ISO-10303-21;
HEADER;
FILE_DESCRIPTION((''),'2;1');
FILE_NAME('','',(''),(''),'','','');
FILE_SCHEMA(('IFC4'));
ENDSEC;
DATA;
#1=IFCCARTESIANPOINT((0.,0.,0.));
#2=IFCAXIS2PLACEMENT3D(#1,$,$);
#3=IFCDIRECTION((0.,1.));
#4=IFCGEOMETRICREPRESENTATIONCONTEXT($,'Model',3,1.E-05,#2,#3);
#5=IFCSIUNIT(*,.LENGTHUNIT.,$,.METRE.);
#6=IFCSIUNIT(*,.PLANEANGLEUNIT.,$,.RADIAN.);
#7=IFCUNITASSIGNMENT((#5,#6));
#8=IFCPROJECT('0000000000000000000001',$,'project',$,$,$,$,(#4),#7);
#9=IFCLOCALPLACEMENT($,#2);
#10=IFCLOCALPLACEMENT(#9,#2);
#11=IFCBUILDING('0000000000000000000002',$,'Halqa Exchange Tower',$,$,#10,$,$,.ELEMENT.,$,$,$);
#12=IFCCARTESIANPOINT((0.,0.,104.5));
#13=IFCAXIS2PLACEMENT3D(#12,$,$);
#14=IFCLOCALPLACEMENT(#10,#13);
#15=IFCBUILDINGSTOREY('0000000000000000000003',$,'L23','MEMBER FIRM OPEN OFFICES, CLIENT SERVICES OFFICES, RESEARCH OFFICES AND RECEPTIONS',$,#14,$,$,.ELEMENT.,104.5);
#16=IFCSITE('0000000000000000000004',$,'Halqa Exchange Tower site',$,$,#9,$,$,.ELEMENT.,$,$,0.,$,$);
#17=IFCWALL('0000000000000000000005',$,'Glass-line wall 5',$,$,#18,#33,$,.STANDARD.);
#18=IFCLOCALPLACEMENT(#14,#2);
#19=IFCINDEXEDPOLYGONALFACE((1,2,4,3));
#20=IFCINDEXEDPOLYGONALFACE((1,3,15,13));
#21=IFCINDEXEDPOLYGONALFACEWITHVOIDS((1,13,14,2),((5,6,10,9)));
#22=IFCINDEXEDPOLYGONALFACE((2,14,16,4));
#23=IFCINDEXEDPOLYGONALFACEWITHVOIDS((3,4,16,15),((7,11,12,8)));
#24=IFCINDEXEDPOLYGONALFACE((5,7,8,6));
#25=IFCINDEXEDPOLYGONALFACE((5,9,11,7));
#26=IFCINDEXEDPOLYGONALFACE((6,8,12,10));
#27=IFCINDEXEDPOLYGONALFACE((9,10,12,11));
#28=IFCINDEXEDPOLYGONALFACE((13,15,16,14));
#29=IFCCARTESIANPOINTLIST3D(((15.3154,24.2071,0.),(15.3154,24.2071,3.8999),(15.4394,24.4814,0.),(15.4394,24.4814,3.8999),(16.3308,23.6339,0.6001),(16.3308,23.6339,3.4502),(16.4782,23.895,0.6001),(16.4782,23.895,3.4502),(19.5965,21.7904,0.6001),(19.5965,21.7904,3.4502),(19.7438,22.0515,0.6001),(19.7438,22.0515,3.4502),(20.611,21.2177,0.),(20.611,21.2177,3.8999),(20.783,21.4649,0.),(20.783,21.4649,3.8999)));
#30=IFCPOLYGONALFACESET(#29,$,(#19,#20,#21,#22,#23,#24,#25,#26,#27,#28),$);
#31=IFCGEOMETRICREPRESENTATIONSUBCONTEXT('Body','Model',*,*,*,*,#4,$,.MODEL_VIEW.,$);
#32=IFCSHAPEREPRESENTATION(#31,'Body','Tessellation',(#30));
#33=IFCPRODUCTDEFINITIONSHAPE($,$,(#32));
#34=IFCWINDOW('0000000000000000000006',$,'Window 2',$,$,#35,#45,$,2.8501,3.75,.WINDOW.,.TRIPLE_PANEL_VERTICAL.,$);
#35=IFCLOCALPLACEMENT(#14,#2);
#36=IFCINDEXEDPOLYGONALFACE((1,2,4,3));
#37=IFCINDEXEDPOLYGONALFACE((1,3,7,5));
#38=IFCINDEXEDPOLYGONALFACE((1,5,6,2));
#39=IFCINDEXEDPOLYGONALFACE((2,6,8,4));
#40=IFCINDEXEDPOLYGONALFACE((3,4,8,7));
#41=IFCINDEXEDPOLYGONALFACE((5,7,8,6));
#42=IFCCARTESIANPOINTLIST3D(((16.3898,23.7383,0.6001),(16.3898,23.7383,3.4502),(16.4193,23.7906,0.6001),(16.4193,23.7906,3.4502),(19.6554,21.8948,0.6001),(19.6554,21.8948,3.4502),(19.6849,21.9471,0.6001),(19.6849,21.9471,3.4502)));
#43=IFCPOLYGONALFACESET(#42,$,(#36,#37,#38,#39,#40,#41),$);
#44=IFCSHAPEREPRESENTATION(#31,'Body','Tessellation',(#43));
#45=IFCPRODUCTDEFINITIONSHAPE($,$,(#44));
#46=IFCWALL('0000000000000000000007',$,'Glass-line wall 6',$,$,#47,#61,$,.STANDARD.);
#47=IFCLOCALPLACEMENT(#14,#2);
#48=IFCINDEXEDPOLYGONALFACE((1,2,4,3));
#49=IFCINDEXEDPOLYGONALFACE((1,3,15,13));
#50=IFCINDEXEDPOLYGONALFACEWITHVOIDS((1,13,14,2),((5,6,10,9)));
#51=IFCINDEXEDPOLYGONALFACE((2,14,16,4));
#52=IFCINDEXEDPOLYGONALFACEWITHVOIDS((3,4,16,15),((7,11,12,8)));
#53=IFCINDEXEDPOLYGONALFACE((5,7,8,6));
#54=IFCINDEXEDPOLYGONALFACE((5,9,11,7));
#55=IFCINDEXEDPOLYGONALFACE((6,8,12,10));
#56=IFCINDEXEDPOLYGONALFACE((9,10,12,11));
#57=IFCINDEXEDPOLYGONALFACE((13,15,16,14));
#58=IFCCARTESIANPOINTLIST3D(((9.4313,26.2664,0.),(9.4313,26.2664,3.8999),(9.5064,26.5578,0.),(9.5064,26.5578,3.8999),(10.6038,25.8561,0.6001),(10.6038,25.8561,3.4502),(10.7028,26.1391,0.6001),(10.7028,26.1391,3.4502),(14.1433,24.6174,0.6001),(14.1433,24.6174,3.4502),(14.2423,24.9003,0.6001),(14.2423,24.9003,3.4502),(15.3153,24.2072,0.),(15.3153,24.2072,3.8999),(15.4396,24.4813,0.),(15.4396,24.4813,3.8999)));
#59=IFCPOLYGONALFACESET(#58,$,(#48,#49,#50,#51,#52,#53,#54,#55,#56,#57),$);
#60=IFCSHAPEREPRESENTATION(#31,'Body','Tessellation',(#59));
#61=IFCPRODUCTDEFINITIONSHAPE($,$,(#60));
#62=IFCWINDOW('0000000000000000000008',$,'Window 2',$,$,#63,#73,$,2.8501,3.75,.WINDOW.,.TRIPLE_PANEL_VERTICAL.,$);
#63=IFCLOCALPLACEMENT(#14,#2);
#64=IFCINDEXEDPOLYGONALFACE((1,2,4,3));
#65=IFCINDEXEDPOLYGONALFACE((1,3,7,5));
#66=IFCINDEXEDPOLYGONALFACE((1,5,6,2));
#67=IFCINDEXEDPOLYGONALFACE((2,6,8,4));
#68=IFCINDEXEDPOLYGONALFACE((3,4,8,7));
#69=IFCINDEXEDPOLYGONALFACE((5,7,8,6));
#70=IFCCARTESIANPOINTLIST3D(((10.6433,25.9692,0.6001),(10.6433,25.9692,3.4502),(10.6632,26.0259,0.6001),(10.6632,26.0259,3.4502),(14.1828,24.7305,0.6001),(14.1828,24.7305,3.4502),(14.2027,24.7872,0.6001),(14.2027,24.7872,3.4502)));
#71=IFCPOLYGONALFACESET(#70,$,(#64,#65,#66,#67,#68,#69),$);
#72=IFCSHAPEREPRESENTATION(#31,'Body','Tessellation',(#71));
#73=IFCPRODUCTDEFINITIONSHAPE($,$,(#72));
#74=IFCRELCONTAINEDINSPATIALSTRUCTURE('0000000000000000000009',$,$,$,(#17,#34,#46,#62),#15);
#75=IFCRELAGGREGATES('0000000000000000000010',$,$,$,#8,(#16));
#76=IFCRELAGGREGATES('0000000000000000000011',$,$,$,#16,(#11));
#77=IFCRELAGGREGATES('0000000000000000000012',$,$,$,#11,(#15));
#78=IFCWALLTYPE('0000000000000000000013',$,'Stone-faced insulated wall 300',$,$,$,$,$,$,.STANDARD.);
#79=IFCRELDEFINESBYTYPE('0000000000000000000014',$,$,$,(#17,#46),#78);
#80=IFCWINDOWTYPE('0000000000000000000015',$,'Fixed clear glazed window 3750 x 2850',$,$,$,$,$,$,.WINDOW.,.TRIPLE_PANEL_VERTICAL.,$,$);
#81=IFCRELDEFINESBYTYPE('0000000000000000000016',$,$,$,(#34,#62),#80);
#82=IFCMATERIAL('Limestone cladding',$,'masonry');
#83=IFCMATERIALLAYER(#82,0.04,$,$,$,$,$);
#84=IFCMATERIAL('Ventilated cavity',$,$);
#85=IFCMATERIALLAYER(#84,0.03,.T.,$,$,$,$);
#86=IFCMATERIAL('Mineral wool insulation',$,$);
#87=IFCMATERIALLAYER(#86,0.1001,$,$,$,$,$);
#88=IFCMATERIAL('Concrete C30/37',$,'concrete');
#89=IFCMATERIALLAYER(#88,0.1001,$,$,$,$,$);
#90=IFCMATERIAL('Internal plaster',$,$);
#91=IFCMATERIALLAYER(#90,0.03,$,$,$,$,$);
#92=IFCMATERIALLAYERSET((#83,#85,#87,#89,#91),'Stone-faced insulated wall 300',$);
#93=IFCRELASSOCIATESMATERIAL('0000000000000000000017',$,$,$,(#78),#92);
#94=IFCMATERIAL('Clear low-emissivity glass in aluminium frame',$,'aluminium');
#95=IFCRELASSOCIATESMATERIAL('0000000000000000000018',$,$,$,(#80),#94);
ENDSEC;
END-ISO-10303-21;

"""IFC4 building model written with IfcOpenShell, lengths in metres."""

from ifc_helpers import new_model, si_unit, direction, frame, frame_2d, origin, place, context, subcontext, project, spatial, polyline, rectangle, outline, extrude, material, layer, layer_set, type_object, element, fill, save


model = new_model("IFC4")

# Units and contexts
model_context = context("Model", 3, precision=1e-05, world=origin(), true_north=direction((0.0, 1.0)))
body_context = subcontext(model_context, "Body", "Model", "MODEL_VIEW")
ifc_project = project(units=[si_unit("LENGTHUNIT", "METRE"), si_unit("PLANEANGLEUNIT", "RADIAN")], contexts=[model_context])

# Site, building, storey
site_placement = place(None, origin())
site = spatial("IfcSite", under=ifc_project, at=site_placement, Name="Halqa Exchange Tower site", CompositionType="ELEMENT", RefElevation=0.0)
building_placement = place(site_placement, origin())
building = spatial("IfcBuilding", under=site, at=building_placement, Name="Halqa Exchange Tower", CompositionType="ELEMENT")
storey_placement = place(building_placement, frame((0.0, 0.0, 104.5)))
storey = spatial("IfcBuildingStorey", under=building, at=storey_placement, Name="L23", Description="MEMBER FIRM OPEN OFFICES, CLIENT SERVICES OFFICES, RESEARCH OFFICES AND RECEPTIONS", CompositionType="ELEMENT", Elevation=104.5)

# Shared definitions
ifc_material_1 = material(Name="Limestone cladding", Category="masonry")
ifc_layer_1 = layer(ifc_material_1, 0.04)
ifc_material_2 = material(Name="Ventilated cavity")
ifc_layer_2 = layer(ifc_material_2, 0.03, ventilated=True)
ifc_material_3 = material(Name="Mineral wool insulation")
ifc_layer_3 = layer(ifc_material_3, 0.1001)
ifc_material_4 = material(Name="Concrete C30/37", Category="concrete")
ifc_layer_4 = layer(ifc_material_4, 0.1001)
ifc_material_5 = material(Name="Internal plaster")
ifc_layer_5 = layer(ifc_material_5, 0.03)
ifc_layer_set = layer_set([ifc_layer_1, ifc_layer_2, ifc_layer_3, ifc_layer_4, ifc_layer_5], Name="Stone-faced insulated wall 300")
wall_type = type_object("IfcWallType", Name="Stone-faced insulated wall 300", PredefinedType="STANDARD", material=ifc_layer_set)
ifc_material_6 = material(Name="Clear low-emissivity glass in aluminium frame", Category="aluminium")
window_type = type_object("IfcWindowType", Name="Fixed clear glazed window 3750 x 2850", PartitioningType="TRIPLE_PANEL_VERTICAL", PredefinedType="WINDOW", material=ifc_material_6)

# Walls, openings, windows
wall_1_placement = place(storey_placement, frame((20.697, 21.3413, 0.0), z_axis=(0.0, 0.0, 1.0), x_axis=(-0.870828, 0.491587, 0.0)))
wall_1 = element("IfcWall", 1, at=wall_1_placement, inside=storey, type_object=wall_type, Name="Glass-line wall 5", PredefinedType="STANDARD", context=body_context, shape_type="SweptSolid", body=[
    extrude(outline(polyline([(-0.0142, -0.1499), (6.1221, -0.1499), (6.0952, 0.1499), (0.0142, 0.1499), (-0.0142, -0.1499)])), origin(), (0.0, 0.0, 1.0), 3.8999),
])
opening_1_placement = place(wall_1_placement, frame((1.1792, 0.0, 0.6001)))
opening_1 = element("IfcOpeningElement", 2, at=opening_1_placement, cuts=wall_1, PredefinedType="OPENING", context=body_context, shape_type="SweptSolid", body=[
    extrude(rectangle(XDim=3.75, YDim=2.8501, at=frame_2d((1.875, 1.425))), frame((0.0, 0.1621, 0.0), z_axis=(0.0, -1.0, 0.0), x_axis=(1.0, 0.0, 0.0)), (0.0, 0.0, 1.0), 0.324),
])
window_1_placement = place(opening_1_placement, origin())
window_1 = element("IfcWindow", 3, at=window_1_placement, inside=storey, type_object=window_type, Name="Window 2", OverallHeight=2.8501, OverallWidth=3.75, PartitioningType="TRIPLE_PANEL_VERTICAL", PredefinedType="WINDOW", context=body_context, shape_type="SweptSolid", body=[
    extrude(rectangle(XDim=3.75, YDim=2.8501, at=frame_2d((1.875, 1.425))), frame((0.0, 0.03, 0.0), z_axis=(0.0, -1.0, 0.0), x_axis=(1.0, 0.0, 0.0)), (0.0, 0.0, 1.0), 0.0601),
])
fill(opening_1, window_1)
wall_2_placement = place(storey_placement, frame((15.3774, 24.3442, 0.0), z_axis=(0.0, 0.0, 1.0), x_axis=(-0.943867, 0.330326, 0.0)))
wall_2 = element("IfcWall", 4, at=wall_2_placement, inside=storey, type_object=wall_type, Name="Glass-line wall 6", PredefinedType="STANDARD", context=body_context, shape_type="SweptSolid", body=[
    extrude(outline(polyline([(-0.0134, -0.1499), (6.2727, -0.1499), (6.2473, 0.1499), (0.0134, 0.1499), (-0.0134, -0.1499)])), origin(), (0.0, 0.0, 1.0), 3.8999),
])
opening_2_placement = place(wall_2_placement, frame((1.2551, 0.0, 0.6001)))
opening_2 = element("IfcOpeningElement", 5, at=opening_2_placement, cuts=wall_2, PredefinedType="OPENING", context=body_context, shape_type="SweptSolid", body=[
    extrude(rectangle(XDim=3.75, YDim=2.8501, at=frame_2d((1.875, 1.425))), frame((0.0, 0.1621, 0.0), z_axis=(0.0, -1.0, 0.0), x_axis=(1.0, 0.0, 0.0)), (0.0, 0.0, 1.0), 0.324),
])
window_2_placement = place(opening_2_placement, origin())
window_2 = element("IfcWindow", 6, at=window_2_placement, inside=storey, type_object=window_type, Name="Window 2", OverallHeight=2.8501, OverallWidth=3.75, PartitioningType="TRIPLE_PANEL_VERTICAL", PredefinedType="WINDOW", context=body_context, shape_type="SweptSolid", body=[
    extrude(rectangle(XDim=3.75, YDim=2.8501, at=frame_2d((1.875, 1.425))), frame((0.0, 0.03, 0.0), z_axis=(0.0, -1.0, 0.0), x_axis=(1.0, 0.0, 0.0)), (0.0, 0.0, 1.0), 0.0601),
])
fill(opening_2, window_2)

save(model, "model.ifc")
